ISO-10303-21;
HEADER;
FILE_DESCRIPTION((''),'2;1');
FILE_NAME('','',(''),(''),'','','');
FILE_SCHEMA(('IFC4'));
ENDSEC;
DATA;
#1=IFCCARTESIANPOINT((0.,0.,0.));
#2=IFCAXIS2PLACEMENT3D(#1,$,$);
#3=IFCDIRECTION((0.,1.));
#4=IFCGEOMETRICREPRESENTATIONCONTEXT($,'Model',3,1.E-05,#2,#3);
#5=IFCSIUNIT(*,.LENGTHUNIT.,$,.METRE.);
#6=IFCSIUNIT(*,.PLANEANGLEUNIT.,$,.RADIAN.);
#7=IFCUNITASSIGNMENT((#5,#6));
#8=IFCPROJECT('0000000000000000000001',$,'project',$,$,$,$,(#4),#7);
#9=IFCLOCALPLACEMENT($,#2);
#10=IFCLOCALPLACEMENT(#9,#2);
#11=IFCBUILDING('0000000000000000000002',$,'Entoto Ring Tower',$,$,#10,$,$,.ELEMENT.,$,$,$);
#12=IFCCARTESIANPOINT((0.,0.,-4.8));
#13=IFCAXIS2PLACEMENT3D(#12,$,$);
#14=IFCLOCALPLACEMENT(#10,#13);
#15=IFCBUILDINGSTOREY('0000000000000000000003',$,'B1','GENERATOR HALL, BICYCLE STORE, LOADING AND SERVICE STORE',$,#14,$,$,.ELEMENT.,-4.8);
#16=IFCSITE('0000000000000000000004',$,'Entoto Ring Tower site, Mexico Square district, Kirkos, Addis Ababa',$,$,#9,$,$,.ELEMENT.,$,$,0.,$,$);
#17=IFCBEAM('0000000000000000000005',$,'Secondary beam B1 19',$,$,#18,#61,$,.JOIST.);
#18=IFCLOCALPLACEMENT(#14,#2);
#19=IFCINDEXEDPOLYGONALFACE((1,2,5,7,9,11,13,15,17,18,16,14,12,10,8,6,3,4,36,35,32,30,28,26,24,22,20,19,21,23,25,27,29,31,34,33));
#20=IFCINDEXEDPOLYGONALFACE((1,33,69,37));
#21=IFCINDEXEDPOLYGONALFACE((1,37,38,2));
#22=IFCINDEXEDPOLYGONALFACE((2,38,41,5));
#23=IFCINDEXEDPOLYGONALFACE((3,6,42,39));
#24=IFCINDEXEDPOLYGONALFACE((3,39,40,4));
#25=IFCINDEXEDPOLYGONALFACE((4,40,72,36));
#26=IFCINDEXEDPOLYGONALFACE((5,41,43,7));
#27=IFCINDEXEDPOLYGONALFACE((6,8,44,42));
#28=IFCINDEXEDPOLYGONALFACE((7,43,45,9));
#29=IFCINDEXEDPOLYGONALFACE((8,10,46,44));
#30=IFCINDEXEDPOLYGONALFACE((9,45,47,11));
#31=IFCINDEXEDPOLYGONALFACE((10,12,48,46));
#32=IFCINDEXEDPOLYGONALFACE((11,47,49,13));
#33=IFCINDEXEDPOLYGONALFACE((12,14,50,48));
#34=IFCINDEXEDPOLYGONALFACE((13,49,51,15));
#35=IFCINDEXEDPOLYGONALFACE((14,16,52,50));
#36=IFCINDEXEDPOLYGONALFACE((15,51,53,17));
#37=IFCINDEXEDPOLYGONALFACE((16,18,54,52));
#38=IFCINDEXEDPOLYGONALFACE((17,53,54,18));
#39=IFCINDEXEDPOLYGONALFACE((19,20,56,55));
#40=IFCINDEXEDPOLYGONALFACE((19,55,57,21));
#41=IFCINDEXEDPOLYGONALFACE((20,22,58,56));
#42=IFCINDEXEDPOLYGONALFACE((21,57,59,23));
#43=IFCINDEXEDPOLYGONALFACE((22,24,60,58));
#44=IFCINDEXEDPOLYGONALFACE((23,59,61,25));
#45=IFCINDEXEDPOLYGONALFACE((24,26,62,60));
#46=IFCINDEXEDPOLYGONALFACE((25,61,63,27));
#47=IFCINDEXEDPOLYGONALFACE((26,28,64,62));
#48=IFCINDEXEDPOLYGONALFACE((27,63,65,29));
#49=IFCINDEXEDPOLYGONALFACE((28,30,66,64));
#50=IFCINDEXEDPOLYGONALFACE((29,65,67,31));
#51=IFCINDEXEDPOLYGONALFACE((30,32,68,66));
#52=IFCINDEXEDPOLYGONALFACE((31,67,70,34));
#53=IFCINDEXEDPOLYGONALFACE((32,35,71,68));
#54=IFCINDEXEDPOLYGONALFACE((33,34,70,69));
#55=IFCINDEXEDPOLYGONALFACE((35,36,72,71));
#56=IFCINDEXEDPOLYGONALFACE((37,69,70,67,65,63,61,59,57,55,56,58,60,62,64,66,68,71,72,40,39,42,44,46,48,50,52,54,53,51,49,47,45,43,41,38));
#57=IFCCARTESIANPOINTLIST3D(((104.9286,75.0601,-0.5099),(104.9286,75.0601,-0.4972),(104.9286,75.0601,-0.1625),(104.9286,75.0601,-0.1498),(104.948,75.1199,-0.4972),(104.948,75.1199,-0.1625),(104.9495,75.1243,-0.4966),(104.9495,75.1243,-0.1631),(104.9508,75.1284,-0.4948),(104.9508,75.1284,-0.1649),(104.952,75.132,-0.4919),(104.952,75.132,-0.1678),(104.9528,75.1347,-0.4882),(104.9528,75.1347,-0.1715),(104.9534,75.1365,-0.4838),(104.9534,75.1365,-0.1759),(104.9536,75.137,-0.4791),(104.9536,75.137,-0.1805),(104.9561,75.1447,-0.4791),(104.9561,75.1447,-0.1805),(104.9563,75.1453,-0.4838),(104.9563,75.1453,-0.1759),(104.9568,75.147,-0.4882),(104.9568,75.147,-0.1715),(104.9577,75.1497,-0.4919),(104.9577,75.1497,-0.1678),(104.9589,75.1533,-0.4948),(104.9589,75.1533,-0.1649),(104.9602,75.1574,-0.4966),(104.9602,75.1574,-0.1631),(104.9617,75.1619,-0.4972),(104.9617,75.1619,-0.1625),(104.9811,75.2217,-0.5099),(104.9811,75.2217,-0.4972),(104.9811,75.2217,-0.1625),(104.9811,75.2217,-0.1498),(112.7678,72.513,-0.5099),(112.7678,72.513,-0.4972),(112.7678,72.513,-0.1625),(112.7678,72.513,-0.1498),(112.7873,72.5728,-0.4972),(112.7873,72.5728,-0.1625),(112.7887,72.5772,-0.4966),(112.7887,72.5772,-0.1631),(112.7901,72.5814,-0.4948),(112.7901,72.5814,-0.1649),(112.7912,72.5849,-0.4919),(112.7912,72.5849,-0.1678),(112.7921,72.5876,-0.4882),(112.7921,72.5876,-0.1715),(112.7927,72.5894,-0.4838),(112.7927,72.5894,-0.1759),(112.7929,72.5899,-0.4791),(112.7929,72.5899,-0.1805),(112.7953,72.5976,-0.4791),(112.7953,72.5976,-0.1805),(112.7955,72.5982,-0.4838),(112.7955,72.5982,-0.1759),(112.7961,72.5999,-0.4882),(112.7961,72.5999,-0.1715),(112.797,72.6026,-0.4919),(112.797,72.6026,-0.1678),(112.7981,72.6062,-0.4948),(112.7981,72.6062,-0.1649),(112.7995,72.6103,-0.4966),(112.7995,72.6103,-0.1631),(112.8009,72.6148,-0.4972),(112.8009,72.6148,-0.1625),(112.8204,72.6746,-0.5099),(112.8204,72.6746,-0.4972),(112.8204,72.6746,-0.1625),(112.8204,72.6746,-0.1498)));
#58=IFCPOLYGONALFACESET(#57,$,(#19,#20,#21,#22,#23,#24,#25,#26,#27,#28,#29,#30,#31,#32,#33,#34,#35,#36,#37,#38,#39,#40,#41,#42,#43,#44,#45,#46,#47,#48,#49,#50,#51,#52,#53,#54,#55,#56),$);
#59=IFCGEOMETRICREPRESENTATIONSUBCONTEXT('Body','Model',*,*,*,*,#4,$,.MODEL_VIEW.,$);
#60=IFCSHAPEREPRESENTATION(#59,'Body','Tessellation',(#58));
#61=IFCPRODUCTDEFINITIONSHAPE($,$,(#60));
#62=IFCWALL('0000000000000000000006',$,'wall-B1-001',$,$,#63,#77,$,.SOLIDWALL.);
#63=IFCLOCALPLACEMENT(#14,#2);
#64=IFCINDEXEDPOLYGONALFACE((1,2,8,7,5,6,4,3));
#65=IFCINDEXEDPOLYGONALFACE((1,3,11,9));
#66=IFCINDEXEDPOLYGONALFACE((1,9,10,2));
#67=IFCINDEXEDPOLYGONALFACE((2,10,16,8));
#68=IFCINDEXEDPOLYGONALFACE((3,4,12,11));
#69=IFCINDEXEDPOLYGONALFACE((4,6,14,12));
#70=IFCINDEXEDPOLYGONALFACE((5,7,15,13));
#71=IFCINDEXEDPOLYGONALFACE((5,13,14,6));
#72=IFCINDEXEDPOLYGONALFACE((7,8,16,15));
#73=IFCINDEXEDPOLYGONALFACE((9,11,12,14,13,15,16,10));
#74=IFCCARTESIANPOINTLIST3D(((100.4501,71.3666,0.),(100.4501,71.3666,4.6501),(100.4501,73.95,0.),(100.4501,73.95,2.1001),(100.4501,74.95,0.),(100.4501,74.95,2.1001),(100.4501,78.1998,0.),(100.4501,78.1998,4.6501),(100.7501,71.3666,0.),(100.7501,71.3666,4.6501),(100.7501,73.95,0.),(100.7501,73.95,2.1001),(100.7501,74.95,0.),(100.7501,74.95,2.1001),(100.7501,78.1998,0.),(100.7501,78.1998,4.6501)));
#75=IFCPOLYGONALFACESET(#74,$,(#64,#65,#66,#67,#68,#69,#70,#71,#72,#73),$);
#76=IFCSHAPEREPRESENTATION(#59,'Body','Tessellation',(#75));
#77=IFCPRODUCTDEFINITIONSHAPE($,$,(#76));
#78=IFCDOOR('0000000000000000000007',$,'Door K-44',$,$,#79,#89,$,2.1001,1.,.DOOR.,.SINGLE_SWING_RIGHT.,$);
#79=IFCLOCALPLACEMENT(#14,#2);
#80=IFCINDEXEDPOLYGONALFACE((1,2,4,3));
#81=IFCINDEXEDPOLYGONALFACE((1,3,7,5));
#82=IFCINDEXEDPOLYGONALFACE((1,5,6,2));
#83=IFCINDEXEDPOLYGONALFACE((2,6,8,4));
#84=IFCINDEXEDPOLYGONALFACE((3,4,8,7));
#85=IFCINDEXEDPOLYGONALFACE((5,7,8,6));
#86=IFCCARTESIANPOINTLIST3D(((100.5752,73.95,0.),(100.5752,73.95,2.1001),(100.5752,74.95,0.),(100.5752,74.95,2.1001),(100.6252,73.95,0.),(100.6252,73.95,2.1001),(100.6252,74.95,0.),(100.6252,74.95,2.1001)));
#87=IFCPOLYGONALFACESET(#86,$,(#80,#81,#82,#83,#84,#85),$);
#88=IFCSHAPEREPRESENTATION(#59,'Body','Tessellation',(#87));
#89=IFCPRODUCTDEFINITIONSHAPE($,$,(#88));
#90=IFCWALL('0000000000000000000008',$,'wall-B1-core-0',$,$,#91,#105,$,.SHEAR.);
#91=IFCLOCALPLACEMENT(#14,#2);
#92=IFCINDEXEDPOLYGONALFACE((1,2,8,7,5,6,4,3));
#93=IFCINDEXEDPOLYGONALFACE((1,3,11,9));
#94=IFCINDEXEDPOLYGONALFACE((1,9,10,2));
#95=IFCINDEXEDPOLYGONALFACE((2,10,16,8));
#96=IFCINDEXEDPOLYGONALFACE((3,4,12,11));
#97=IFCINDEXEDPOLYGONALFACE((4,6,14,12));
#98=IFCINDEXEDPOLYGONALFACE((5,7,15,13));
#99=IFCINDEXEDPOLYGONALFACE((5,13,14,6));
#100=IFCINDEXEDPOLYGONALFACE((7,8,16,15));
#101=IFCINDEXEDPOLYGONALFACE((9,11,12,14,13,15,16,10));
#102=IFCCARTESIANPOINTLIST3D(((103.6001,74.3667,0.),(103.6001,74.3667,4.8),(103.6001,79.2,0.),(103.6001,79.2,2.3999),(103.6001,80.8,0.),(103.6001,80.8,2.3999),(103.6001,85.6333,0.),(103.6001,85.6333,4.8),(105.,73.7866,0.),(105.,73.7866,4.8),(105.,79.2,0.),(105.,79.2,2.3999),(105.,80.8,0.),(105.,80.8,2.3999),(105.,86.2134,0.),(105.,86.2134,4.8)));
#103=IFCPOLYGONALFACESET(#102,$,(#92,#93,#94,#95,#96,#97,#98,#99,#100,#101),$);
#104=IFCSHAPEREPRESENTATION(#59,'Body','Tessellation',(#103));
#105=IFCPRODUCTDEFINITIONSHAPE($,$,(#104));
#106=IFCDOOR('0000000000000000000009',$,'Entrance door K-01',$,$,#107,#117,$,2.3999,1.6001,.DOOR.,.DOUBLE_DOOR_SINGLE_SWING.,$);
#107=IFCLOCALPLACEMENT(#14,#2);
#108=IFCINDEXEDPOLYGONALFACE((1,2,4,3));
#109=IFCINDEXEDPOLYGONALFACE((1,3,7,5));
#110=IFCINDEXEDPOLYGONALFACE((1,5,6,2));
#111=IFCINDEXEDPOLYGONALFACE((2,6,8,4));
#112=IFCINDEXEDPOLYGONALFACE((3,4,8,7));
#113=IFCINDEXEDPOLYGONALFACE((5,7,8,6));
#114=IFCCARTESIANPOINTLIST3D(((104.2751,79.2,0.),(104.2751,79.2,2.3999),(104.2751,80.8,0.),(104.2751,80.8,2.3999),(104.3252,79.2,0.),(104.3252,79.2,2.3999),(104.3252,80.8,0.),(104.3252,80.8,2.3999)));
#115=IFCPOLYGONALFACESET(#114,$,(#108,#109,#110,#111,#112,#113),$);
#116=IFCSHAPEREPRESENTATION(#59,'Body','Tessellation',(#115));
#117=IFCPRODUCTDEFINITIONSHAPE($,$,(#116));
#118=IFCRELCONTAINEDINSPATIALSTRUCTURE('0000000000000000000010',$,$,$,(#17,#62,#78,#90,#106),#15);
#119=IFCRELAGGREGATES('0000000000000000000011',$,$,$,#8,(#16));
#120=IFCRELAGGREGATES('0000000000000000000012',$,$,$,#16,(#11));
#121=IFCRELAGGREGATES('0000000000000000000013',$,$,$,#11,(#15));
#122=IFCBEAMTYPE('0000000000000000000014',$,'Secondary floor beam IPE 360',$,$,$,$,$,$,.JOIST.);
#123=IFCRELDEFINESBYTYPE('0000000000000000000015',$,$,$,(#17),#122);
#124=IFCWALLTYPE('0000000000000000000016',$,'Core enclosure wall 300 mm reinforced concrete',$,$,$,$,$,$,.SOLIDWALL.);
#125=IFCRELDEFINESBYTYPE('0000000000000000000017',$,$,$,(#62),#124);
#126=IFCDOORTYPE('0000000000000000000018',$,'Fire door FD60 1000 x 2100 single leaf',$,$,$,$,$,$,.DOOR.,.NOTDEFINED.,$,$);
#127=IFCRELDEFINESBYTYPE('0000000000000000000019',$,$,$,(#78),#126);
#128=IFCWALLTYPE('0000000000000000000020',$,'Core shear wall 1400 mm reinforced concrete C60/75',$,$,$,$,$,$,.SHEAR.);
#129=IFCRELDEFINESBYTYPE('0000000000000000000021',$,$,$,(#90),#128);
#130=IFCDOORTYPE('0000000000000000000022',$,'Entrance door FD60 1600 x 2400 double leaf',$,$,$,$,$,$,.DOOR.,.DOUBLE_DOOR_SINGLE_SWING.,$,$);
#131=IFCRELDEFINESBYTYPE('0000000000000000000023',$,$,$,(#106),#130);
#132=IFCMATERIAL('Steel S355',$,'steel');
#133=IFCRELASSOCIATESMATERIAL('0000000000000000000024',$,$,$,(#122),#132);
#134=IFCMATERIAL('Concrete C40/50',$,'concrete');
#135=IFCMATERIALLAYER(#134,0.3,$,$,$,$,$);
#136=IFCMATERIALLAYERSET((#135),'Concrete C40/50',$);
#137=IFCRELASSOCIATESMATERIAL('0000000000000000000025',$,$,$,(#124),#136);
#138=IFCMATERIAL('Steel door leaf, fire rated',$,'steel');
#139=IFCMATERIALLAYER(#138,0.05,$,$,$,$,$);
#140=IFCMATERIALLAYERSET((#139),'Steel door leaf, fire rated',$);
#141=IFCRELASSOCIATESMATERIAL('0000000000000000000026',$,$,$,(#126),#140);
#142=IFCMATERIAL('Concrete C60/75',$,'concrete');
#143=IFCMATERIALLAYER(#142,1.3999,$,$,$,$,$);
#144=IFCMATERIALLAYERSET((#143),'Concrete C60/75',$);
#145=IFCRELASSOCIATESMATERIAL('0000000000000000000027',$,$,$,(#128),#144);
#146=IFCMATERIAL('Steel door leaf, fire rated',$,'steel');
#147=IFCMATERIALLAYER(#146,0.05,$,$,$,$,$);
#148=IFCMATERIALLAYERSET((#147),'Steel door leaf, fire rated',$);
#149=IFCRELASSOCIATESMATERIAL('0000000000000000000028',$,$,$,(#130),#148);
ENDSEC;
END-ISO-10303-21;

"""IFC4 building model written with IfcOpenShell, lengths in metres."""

from ifc_helpers import new_model, si_unit, direction, frame, frame_2d, origin, origin_2d, place, context, subcontext, project, spatial, polyline, rectangle, i_section, outline, extrude, material, layer, layer_set, material_profile, profile_set, type_object, element, fill, save


model = new_model("IFC4")

# Units and contexts
model_context = context("Model", 3, precision=1e-05, world=origin(), true_north=direction((0.0, 1.0)))
body_context = subcontext(model_context, "Body", "Model", "MODEL_VIEW")
ifc_project = project(units=[si_unit("LENGTHUNIT", "METRE"), si_unit("PLANEANGLEUNIT", "RADIAN")], contexts=[model_context])

# Site, building, storey
site_placement = place(None, origin())
site = spatial("IfcSite", under=ifc_project, at=site_placement, Name="Entoto Ring Tower site, Mexico Square district, Kirkos, Addis Ababa", CompositionType="ELEMENT", RefElevation=0.0)
building_placement = place(site_placement, origin())
building = spatial("IfcBuilding", under=site, at=building_placement, Name="Entoto Ring Tower", CompositionType="ELEMENT")
storey_placement = place(building_placement, frame((0.0, 0.0, -4.8)))
storey = spatial("IfcBuildingStorey", under=building, at=storey_placement, Name="B1", Description="GENERATOR HALL, BICYCLE STORE, LOADING AND SERVICE STORE", CompositionType="ELEMENT", Elevation=-4.8)

# Beam
ifc_material_1 = material(Name="Steel S355", Category="steel")
ifc_material_profile_1 = material_profile(ifc_material_1, i_section(OverallWidth=0.1699, OverallDepth=0.3601, WebThickness=0.0081, FlangeThickness=0.0127, FilletRadius=0.0181, at=origin_2d()), Name="IPE 360")
ifc_profile_set_1 = profile_set([ifc_material_profile_1], Name="Steel S355")
beam_type_1 = type_object("IfcBeamType", Name="Secondary floor beam IPE 360", PredefinedType="JOIST", material=ifc_profile_set_1)
beam_1_placement = place(storey_placement, frame((104.9548, 75.1409, -0.3298), z_axis=(0.951058, -0.309012, 0.0), x_axis=(0.309012, 0.951058, 0.0)))
element("IfcBeam", 1, at=beam_1_placement, inside=storey, type_object=beam_type_1, Name="Secondary beam B1 19", PredefinedType="JOIST", context=body_context, shape_type="SweptSolid", body=[
    extrude(i_section(OverallWidth=0.1699, OverallDepth=0.3601, WebThickness=0.0081, FlangeThickness=0.0127, FilletRadius=0.0181, at=origin_2d()), origin(), (0.0, 0.0, 1.0), 8.2427),
])

# Walls, openings, doors
ifc_material_2 = material(Name="Concrete C40/50", Category="concrete")
ifc_layer_1 = layer(ifc_material_2, 0.3)
ifc_layer_set_1 = layer_set([ifc_layer_1], Name="Concrete C40/50")
wall_type_1 = type_object("IfcWallType", Name="Core enclosure wall 300 mm reinforced concrete", PredefinedType="SOLIDWALL", material=ifc_layer_set_1)
wall_1_placement = place(storey_placement, frame((100.6001, 71.3667, 0.0), z_axis=(0.0, 0.0, 1.0), x_axis=(0.0, 1.0, 0.0)))
wall_1 = element("IfcWall", 2, at=wall_1_placement, inside=storey, type_object=wall_type_1, Name="wall-B1-001", PredefinedType="SOLIDWALL", context=body_context, shape_type="SweptSolid", body=[
    extrude(rectangle(XDim=6.8333, YDim=0.3, at=frame_2d((3.4165, 0.0))), origin(), (0.0, 0.0, 1.0), 4.6501),
])
opening_1_placement = place(wall_1_placement, frame((2.5833, 0.0, 0.0)))
opening_1 = element("IfcOpeningElement", 3, at=opening_1_placement, cuts=wall_1, PredefinedType="OPENING", context=body_context, shape_type="SweptSolid", body=[
    extrude(rectangle(XDim=1.0, YDim=2.1001, at=frame_2d((0.5, 1.05))), frame((0.0, 0.1602, 0.0), z_axis=(0.0, -1.0, 0.0), x_axis=(1.0, 0.0, 0.0)), (0.0, 0.0, 1.0), 0.3201),
])
ifc_material_3 = material(Name="Steel door leaf, fire rated", Category="steel")
ifc_layer_2 = layer(ifc_material_3, 0.05)
ifc_layer_set_2 = layer_set([ifc_layer_2], Name="Steel door leaf, fire rated")
door_type_1 = type_object("IfcDoorType", Name="Fire door FD60 1000 x 2100 single leaf", OperationType="NOTDEFINED", PredefinedType="DOOR", material=ifc_layer_set_2)
door_1_placement = place(opening_1_placement, origin())
door_1 = element("IfcDoor", 4, at=door_1_placement, inside=storey, type_object=door_type_1, Name="Door K-44", OperationType="SINGLE_SWING_RIGHT", OverallHeight=2.1001, OverallWidth=1.0, PredefinedType="DOOR", context=body_context, shape_type="SweptSolid", body=[
    extrude(rectangle(XDim=1.0, YDim=2.1001, at=frame_2d((0.5, 1.05))), frame((0.0, 0.0249, 0.0), z_axis=(0.0, -1.0, 0.0), x_axis=(1.0, 0.0, 0.0)), (0.0, 0.0, 1.0), 0.05),
])
fill(opening_1, door_1)
ifc_material_4 = material(Name="Concrete C60/75", Category="concrete")
ifc_layer_3 = layer(ifc_material_4, 1.3999)
ifc_layer_set_3 = layer_set([ifc_layer_3], Name="Concrete C60/75")
wall_type_2 = type_object("IfcWallType", Name="Core shear wall 1400 mm reinforced concrete C60/75", PredefinedType="SHEAR", material=ifc_layer_set_3)
wall_2_placement = place(storey_placement, frame((104.3, 74.0767, 0.0), z_axis=(0.0, 0.0, 1.0), x_axis=(0.0, 1.0, 0.0)))
wall_2 = element("IfcWall", 5, at=wall_2_placement, inside=storey, type_object=wall_type_2, Name="wall-B1-core-0", PredefinedType="SHEAR", context=body_context, shape_type="SweptSolid", body=[
    extrude(outline(polyline([(-0.29, -0.7), (12.1367, -0.7), (11.5566, 0.7), (0.29, 0.7), (-0.29, -0.7)])), origin(), (0.0, 0.0, 1.0), 4.8),
])
opening_2_placement = place(wall_2_placement, frame((5.1233, 0.0, 0.0)))
opening_2 = element("IfcOpeningElement", 6, at=opening_2_placement, cuts=wall_2, PredefinedType="OPENING", context=body_context, shape_type="SweptSolid", body=[
    extrude(rectangle(XDim=1.6001, YDim=2.3999, at=frame_2d((0.8, 1.2))), frame((0.0, 0.71, 0.0), z_axis=(0.0, -1.0, 0.0), x_axis=(1.0, 0.0, 0.0)), (0.0, 0.0, 1.0), 1.4199),
])
ifc_material_5 = material(Name="Steel door leaf, fire rated", Category="steel")
ifc_layer_4 = layer(ifc_material_5, 0.05)
ifc_layer_set_4 = layer_set([ifc_layer_4], Name="Steel door leaf, fire rated")
door_type_2 = type_object("IfcDoorType", Name="Entrance door FD60 1600 x 2400 double leaf", OperationType="DOUBLE_DOOR_SINGLE_SWING", PredefinedType="DOOR", material=ifc_layer_set_4)
door_2_placement = place(opening_2_placement, origin())
door_2 = element("IfcDoor", 7, at=door_2_placement, inside=storey, type_object=door_type_2, Name="Entrance door K-01", OperationType="DOUBLE_DOOR_SINGLE_SWING", OverallHeight=2.3999, OverallWidth=1.6001, PredefinedType="DOOR", context=body_context, shape_type="SweptSolid", body=[
    extrude(rectangle(XDim=1.6001, YDim=2.3999, at=frame_2d((0.8, 1.2))), frame((0.0, 0.0249, 0.0), z_axis=(0.0, -1.0, 0.0), x_axis=(1.0, 0.0, 0.0)), (0.0, 0.0, 1.0), 0.05),
])
fill(opening_2, door_2)

save(model, "model.ifc")
